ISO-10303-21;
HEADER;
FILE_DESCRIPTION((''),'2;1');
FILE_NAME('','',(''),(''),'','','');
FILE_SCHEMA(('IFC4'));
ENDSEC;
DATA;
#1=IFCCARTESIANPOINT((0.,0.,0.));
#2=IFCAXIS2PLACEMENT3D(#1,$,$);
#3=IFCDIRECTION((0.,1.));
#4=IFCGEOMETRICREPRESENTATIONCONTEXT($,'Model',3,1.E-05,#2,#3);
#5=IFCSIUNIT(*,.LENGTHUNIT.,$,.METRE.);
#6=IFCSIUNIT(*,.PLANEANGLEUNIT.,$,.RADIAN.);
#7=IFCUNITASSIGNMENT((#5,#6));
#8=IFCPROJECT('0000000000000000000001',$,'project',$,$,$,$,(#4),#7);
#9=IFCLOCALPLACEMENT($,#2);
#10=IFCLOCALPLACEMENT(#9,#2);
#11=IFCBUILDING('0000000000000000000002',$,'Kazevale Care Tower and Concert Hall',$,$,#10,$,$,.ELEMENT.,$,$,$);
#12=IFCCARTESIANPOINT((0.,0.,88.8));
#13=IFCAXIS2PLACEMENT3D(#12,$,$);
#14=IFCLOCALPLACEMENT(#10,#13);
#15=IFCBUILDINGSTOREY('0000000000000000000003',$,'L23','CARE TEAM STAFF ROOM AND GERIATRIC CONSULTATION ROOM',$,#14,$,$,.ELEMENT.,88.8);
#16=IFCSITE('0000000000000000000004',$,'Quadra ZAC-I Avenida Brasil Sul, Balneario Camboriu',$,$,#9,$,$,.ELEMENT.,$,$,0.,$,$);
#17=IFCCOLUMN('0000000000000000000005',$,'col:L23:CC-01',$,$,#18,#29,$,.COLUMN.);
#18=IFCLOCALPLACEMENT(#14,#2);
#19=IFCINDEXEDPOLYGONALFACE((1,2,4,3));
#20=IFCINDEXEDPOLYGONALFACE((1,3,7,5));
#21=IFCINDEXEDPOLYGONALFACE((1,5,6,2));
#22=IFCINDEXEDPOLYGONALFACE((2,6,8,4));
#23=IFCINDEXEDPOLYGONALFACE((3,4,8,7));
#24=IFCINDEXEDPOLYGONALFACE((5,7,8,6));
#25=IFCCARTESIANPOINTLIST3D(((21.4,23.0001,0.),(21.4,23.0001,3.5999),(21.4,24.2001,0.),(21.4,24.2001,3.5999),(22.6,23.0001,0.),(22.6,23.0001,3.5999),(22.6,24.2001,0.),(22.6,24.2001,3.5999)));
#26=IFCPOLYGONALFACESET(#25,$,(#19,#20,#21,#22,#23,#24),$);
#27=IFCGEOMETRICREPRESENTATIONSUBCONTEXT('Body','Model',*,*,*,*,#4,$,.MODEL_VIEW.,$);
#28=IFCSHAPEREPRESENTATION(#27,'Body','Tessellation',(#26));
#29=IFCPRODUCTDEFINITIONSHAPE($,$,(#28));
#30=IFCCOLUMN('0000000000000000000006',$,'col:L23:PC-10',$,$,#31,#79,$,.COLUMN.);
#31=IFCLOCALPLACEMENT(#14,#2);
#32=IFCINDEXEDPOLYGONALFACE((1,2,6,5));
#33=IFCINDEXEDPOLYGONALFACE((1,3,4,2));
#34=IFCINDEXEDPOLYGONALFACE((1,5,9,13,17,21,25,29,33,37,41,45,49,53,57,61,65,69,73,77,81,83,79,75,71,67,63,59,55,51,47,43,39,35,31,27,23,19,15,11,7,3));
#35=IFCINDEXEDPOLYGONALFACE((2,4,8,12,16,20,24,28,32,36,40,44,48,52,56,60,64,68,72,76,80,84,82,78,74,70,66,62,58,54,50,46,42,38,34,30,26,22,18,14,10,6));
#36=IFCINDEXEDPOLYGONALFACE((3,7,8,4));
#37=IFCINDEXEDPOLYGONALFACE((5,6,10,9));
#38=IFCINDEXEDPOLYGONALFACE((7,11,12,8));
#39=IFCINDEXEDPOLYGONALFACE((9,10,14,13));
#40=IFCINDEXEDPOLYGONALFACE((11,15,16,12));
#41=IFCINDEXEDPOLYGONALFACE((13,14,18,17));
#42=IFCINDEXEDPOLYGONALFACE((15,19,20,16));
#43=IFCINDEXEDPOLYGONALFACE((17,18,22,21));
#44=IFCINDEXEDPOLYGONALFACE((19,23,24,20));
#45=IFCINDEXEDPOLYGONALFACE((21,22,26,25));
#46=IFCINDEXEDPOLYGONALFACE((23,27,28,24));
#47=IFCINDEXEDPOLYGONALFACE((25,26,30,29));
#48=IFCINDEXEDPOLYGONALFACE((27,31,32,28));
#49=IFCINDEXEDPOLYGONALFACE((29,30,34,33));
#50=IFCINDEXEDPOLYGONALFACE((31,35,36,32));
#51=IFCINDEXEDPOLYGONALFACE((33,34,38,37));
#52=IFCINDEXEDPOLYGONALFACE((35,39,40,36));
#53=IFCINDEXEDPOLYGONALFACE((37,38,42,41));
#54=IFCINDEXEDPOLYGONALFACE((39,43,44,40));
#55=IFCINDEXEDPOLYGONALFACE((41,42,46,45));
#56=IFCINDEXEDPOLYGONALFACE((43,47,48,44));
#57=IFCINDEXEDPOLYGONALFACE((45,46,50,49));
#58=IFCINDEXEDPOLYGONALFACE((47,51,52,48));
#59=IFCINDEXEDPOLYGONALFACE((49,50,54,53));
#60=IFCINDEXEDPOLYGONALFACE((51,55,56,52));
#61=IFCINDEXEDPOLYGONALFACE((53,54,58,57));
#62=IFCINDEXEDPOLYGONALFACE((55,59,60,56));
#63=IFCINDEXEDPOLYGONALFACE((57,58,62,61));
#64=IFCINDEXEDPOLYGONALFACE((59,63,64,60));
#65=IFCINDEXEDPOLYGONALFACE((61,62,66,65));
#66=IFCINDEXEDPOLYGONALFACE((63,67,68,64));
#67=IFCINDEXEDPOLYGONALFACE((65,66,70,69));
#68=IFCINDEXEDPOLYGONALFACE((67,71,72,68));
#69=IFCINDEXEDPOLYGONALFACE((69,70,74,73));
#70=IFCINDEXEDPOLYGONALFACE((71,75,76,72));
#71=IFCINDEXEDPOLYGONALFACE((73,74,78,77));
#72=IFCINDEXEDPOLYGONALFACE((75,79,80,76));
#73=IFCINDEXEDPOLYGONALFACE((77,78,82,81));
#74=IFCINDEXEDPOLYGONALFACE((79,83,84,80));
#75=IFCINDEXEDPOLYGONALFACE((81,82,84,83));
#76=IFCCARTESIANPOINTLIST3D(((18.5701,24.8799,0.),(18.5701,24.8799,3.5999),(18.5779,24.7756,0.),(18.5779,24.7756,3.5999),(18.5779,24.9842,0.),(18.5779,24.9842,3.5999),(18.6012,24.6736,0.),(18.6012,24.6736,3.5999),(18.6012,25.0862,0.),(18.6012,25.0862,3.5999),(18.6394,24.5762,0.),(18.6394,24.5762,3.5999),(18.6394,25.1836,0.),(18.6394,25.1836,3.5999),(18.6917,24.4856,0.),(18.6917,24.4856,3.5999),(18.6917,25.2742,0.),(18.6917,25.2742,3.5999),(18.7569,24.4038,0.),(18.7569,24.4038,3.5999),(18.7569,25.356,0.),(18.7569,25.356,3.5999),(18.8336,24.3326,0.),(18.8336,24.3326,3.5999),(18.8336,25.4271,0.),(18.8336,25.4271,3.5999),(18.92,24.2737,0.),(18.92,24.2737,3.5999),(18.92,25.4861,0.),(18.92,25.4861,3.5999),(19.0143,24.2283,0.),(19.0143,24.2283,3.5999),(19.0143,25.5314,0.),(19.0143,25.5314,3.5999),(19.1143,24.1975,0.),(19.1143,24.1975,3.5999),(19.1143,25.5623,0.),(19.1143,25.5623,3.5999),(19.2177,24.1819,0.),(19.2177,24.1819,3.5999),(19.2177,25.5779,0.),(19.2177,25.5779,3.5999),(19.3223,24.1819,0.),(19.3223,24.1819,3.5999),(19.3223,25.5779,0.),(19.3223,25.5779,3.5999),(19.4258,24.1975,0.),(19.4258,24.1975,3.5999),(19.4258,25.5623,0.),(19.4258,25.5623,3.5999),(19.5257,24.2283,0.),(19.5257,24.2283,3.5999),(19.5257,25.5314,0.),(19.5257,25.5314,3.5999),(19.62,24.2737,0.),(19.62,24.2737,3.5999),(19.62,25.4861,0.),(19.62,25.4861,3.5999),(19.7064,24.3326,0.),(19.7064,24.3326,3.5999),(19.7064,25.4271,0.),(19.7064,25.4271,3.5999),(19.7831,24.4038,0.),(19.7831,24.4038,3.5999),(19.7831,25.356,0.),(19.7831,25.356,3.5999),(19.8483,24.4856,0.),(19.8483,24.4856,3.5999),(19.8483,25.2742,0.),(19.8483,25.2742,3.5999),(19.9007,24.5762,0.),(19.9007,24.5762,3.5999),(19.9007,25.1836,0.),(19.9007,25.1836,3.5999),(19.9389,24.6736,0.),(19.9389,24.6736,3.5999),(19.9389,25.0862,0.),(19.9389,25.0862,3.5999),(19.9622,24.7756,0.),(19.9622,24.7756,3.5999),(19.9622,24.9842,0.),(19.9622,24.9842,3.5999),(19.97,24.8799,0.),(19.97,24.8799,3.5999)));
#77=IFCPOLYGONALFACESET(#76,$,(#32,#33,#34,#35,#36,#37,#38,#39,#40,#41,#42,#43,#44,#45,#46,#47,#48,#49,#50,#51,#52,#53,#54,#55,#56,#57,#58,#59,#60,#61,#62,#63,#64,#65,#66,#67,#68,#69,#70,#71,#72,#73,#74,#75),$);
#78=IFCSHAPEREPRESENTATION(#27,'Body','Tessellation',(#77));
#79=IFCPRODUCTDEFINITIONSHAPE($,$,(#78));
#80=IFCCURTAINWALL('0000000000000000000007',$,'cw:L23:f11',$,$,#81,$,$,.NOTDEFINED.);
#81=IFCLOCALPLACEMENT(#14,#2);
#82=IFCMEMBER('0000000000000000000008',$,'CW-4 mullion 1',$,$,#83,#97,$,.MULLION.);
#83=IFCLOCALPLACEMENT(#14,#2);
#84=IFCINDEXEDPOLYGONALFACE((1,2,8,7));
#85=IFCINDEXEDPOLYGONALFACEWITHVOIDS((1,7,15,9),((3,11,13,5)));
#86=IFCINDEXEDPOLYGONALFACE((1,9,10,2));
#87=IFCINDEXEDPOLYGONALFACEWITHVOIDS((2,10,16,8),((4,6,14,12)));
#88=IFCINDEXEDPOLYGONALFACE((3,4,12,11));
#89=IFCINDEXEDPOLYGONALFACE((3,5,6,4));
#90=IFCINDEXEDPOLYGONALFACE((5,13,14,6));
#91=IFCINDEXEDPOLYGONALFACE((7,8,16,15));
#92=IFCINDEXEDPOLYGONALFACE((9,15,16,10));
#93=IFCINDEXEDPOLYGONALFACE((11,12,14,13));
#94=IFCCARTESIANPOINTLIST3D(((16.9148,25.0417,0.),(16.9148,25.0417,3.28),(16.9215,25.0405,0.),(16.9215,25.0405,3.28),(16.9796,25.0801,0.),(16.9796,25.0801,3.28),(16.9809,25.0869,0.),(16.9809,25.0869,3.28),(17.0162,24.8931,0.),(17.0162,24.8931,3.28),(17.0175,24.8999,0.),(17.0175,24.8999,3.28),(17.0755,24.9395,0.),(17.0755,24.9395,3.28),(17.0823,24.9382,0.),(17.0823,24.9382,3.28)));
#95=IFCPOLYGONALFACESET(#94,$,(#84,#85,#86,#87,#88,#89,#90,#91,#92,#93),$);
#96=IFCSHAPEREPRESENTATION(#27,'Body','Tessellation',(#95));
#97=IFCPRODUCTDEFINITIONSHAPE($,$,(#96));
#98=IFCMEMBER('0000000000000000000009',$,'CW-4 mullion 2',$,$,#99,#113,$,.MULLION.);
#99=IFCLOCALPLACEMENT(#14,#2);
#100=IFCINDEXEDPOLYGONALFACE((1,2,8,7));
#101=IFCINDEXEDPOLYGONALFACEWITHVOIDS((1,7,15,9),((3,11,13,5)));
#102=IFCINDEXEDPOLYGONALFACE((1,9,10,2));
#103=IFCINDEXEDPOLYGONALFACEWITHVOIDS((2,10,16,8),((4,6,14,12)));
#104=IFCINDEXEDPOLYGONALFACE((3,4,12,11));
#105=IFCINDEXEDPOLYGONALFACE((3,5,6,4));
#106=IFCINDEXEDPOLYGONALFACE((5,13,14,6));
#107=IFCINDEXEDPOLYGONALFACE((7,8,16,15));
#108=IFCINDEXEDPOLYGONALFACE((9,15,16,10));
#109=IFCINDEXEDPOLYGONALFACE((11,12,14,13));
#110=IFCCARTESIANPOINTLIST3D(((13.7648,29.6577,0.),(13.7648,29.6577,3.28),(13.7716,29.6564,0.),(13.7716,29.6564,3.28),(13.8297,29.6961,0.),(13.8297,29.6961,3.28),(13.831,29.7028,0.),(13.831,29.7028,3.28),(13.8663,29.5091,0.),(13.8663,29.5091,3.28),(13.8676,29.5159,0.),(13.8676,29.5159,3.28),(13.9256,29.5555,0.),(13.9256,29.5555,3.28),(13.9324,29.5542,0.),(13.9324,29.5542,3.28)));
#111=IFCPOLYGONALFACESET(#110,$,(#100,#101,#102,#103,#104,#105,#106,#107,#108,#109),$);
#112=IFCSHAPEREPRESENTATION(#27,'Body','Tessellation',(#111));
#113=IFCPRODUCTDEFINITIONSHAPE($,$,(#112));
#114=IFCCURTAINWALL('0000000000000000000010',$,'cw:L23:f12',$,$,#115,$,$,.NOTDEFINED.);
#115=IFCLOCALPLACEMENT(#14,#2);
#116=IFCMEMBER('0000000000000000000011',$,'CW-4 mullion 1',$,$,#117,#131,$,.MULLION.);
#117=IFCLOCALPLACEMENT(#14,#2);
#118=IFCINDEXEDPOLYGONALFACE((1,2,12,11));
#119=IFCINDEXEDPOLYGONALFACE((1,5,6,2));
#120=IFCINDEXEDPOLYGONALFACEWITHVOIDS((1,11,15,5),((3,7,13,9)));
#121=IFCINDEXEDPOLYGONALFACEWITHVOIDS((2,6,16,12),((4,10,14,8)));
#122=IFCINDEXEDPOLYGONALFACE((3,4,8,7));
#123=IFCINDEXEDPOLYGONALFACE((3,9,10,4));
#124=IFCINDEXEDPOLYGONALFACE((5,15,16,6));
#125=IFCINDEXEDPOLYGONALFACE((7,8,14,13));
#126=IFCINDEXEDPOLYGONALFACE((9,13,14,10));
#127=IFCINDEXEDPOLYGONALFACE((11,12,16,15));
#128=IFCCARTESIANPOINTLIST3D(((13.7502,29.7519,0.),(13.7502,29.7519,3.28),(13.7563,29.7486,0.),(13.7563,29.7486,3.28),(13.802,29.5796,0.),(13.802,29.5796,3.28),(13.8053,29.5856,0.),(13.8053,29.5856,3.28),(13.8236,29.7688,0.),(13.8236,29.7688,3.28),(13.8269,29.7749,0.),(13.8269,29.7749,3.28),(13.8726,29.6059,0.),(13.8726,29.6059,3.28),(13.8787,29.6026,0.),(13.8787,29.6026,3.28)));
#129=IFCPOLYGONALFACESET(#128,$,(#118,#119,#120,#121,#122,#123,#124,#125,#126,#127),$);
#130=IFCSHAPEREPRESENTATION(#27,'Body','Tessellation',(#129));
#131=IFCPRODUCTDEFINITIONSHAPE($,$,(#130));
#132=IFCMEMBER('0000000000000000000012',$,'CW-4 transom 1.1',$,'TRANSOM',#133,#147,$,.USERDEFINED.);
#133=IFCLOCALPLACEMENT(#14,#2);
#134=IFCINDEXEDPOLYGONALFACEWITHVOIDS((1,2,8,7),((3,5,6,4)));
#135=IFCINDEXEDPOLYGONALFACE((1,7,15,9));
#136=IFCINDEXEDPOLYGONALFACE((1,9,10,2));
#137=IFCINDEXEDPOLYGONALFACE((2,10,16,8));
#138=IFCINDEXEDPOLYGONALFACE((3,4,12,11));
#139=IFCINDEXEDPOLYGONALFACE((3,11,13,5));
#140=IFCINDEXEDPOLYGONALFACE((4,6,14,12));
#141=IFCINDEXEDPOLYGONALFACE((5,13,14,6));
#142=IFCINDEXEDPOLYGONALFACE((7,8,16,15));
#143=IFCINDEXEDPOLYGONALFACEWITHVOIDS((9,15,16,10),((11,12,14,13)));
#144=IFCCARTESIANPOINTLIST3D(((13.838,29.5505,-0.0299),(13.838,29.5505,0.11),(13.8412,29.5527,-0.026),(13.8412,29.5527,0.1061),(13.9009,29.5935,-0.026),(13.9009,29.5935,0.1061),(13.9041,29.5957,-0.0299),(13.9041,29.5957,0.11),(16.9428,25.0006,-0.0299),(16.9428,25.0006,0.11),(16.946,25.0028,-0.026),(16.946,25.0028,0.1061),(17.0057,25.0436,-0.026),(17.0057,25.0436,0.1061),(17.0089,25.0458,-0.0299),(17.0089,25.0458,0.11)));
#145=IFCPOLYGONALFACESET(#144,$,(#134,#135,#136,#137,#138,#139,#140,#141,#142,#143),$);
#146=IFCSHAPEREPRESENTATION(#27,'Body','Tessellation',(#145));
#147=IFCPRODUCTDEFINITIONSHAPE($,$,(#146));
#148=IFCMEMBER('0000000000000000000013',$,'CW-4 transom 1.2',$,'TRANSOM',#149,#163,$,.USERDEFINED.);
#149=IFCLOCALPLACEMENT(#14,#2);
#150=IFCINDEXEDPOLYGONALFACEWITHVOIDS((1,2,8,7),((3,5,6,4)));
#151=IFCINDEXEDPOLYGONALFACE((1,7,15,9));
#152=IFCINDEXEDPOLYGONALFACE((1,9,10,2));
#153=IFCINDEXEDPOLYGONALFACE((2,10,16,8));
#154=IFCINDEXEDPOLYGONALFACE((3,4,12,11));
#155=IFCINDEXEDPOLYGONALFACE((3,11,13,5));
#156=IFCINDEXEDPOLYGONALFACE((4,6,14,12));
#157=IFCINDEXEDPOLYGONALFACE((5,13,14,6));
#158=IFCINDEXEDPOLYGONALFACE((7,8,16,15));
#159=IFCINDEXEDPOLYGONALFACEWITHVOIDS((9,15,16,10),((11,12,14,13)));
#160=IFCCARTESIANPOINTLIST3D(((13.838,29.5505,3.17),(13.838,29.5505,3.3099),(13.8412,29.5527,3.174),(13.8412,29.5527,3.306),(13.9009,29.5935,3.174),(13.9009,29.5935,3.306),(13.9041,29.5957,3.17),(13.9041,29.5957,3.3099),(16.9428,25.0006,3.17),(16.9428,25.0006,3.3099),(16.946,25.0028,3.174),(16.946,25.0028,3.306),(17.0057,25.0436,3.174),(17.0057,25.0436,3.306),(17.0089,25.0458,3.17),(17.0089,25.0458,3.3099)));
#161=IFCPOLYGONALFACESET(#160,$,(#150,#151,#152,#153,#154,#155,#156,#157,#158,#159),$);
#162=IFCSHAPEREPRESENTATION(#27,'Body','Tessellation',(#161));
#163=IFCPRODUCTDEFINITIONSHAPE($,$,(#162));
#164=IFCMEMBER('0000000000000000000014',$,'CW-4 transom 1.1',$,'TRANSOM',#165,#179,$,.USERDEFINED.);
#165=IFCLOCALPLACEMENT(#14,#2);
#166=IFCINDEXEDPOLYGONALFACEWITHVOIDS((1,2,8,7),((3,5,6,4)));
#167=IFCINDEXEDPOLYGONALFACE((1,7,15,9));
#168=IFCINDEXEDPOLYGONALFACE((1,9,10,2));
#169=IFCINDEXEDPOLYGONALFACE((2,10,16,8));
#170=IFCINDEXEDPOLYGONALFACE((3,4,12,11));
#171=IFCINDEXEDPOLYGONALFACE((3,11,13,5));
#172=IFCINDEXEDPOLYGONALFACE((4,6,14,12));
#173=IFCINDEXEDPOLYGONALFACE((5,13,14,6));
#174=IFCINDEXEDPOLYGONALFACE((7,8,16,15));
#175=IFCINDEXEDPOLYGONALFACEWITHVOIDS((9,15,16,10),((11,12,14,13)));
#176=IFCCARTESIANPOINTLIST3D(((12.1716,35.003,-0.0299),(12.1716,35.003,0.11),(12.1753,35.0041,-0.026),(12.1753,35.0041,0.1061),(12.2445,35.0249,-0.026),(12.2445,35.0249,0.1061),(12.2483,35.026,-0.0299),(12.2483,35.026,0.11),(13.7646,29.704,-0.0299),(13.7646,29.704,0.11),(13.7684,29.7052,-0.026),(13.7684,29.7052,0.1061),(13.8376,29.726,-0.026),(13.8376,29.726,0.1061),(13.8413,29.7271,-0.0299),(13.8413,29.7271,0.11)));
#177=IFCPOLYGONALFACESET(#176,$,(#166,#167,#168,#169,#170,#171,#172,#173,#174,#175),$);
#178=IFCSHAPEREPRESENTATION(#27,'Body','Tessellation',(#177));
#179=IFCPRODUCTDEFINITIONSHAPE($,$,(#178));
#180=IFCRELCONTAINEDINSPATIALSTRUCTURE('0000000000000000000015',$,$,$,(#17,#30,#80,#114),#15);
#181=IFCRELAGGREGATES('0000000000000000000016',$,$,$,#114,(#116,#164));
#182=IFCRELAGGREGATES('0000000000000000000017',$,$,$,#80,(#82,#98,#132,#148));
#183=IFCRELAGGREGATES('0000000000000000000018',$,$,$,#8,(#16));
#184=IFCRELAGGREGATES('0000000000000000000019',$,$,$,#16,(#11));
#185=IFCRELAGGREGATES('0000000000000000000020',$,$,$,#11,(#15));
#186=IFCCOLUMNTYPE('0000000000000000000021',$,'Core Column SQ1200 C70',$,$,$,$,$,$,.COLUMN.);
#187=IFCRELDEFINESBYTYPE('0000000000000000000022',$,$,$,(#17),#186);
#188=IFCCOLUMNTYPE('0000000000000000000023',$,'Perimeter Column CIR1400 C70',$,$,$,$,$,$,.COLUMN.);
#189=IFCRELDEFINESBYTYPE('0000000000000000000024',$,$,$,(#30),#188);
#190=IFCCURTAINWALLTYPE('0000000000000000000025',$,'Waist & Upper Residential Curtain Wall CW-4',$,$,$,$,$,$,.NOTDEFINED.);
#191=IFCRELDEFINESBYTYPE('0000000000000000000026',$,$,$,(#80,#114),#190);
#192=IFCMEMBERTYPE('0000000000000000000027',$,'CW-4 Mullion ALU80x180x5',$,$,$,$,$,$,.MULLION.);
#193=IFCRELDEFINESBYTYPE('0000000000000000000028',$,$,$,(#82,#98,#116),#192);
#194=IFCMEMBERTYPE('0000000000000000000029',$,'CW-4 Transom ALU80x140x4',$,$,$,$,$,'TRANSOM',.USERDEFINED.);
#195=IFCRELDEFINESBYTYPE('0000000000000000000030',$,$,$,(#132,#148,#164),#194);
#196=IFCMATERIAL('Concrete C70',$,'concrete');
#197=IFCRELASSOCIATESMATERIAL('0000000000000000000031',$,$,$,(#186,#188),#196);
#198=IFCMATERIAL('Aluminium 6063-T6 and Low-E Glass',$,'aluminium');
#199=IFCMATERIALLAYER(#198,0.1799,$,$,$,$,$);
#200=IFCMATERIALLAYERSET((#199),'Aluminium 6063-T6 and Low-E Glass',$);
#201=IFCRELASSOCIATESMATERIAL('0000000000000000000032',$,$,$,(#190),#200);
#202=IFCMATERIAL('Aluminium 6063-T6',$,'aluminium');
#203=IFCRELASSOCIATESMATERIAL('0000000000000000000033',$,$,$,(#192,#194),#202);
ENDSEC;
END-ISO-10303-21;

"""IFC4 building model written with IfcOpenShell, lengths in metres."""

from ifc_helpers import new_model, si_unit, direction, frame, origin, origin_2d, place, context, subcontext, project, spatial, rectangle, hollow_rectangle, circle, extrude, material, layer, layer_set, material_profile, profile_set, type_object, element, aggregate, save


model = new_model("IFC4")

# Units and contexts
model_context = context("Model", 3, precision=1e-05, world=origin(), true_north=direction((0.0, 1.0)))
body_context = subcontext(model_context, "Body", "Model", "MODEL_VIEW")
ifc_project = project(units=[si_unit("LENGTHUNIT", "METRE"), si_unit("PLANEANGLEUNIT", "RADIAN")], contexts=[model_context])

# Site, building, storey
site_placement = place(None, origin())
site = spatial("IfcSite", under=ifc_project, at=site_placement, Name="Quadra ZAC-I Avenida Brasil Sul, Balneario Camboriu", CompositionType="ELEMENT", RefElevation=0.0)
building_placement = place(site_placement, origin())
building = spatial("IfcBuilding", under=site, at=building_placement, Name="Kazevale Care Tower and Concert Hall", CompositionType="ELEMENT")
storey_placement = place(building_placement, frame((0.0, 0.0, 88.8)))
storey = spatial("IfcBuildingStorey", under=building, at=storey_placement, Name="L23", Description="CARE TEAM STAFF ROOM AND GERIATRIC CONSULTATION ROOM", CompositionType="ELEMENT", Elevation=88.8)

# Columns
ifc_material_1 = material(Name="Concrete C70", Category="concrete")
ifc_material_profile_1 = material_profile(ifc_material_1, rectangle(XDim=1.2, YDim=1.2, at=origin_2d()), Name="RC-SQ1200")
ifc_profile_set_1 = profile_set([ifc_material_profile_1], Name="Concrete C70")
column_type_1 = type_object("IfcColumnType", Name="Core Column SQ1200 C70", PredefinedType="COLUMN", material=ifc_profile_set_1)
column_1_placement = place(storey_placement, frame((22.0, 23.6001, 0.0), z_axis=(0.0, 0.0, 1.0), x_axis=(1.0, 0.0, 0.0)))
element("IfcColumn", 1, at=column_1_placement, inside=storey, type_object=column_type_1, Name="col:L23:CC-01", PredefinedType="COLUMN", context=body_context, shape_type="SweptSolid", body=[
    extrude(rectangle(XDim=1.2, YDim=1.2, at=origin_2d()), origin(), (0.0, 0.0, 1.0), 3.5999),
])
ifc_material_profile_2 = material_profile(ifc_material_1, circle(Radius=0.7, at=origin_2d()), Name="RC-CIR1400")
ifc_profile_set_2 = profile_set([ifc_material_profile_2], Name="Concrete C70")
column_type_2 = type_object("IfcColumnType", Name="Perimeter Column CIR1400 C70", PredefinedType="COLUMN", material=ifc_profile_set_2)
column_2_placement = place(storey_placement, frame((19.27, 24.8799, 0.0), z_axis=(0.0, 0.0, 1.0), x_axis=(1.0, 0.0, 0.0)))
element("IfcColumn", 2, at=column_2_placement, inside=storey, type_object=column_type_2, Name="col:L23:PC-10", PredefinedType="COLUMN", context=body_context, shape_type="SweptSolid", body=[
    extrude(circle(Radius=0.7, at=origin_2d()), origin(), (0.0, 0.0, 1.0), 3.5999),
])

# Curtain wall, members
ifc_material_2 = material(Name="Aluminium 6063-T6 and Low-E Glass", Category="aluminium")
ifc_layer_1 = layer(ifc_material_2, 0.1799)
ifc_layer_set_1 = layer_set([ifc_layer_1], Name="Aluminium 6063-T6 and Low-E Glass")
curtain_wall_type_1 = type_object("IfcCurtainWallType", Name="Waist & Upper Residential Curtain Wall CW-4", PredefinedType="NOTDEFINED", material=ifc_layer_set_1)
curtain_wall_1_placement = place(storey_placement, origin())
curtain_wall_1 = element("IfcCurtainWall", 3, at=curtain_wall_1_placement, inside=storey, type_object=curtain_wall_type_1, Name="cw:L23:f11", PredefinedType="NOTDEFINED")
ifc_material_3 = material(Name="Aluminium 6063-T6", Category="aluminium")
ifc_material_profile_3 = material_profile(ifc_material_3, hollow_rectangle(XDim=0.0801, YDim=0.1799, WallThickness=0.0049, at=origin_2d()), Name="ALU80x180x5")
ifc_profile_set_3 = profile_set([ifc_material_profile_3], Name="Aluminium 6063-T6")
member_type_1 = type_object("IfcMemberType", Name="CW-4 Mullion ALU80x180x5", PredefinedType="MULLION", material=ifc_profile_set_3)
member_1_placement = place(storey_placement, frame((16.9985, 24.99, 0.0), z_axis=(0.0, 0.0, 1.0), x_axis=(-0.826003, -0.563665, 0.0)))
member_1 = element("IfcMember", 4, at=member_1_placement, type_object=member_type_1, Name="CW-4 mullion 1", PredefinedType="MULLION", context=body_context, shape_type="SweptSolid", body=[
    extrude(hollow_rectangle(XDim=0.0801, YDim=0.1799, WallThickness=0.0049, at=origin_2d()), origin(), (0.0, 0.0, 1.0), 3.28),
])
member_2_placement = place(storey_placement, frame((13.8486, 29.606, 0.0), z_axis=(0.0, 0.0, 1.0), x_axis=(-0.826003, -0.563665, 0.0)))
member_2 = element("IfcMember", 5, at=member_2_placement, type_object=member_type_1, Name="CW-4 mullion 2", PredefinedType="MULLION", context=body_context, shape_type="SweptSolid", body=[
    extrude(hollow_rectangle(XDim=0.0801, YDim=0.1799, WallThickness=0.0049, at=origin_2d()), origin(), (0.0, 0.0, 1.0), 3.28),
])

# Curtain wall, member
curtain_wall_2_placement = place(storey_placement, origin())
curtain_wall_2 = element("IfcCurtainWall", 6, at=curtain_wall_2_placement, inside=storey, type_object=curtain_wall_type_1, Name="cw:L23:f12", PredefinedType="NOTDEFINED")
member_3_placement = place(storey_placement, frame((13.8145, 29.6772, 0.0), z_axis=(0.0, 0.0, 1.0), x_axis=(-0.957662, -0.287896, 0.0)))
member_3 = element("IfcMember", 7, at=member_3_placement, type_object=member_type_1, Name="CW-4 mullion 1", PredefinedType="MULLION", context=body_context, shape_type="SweptSolid", body=[
    extrude(hollow_rectangle(XDim=0.0801, YDim=0.1799, WallThickness=0.0049, at=origin_2d()), origin(), (0.0, 0.0, 1.0), 3.28),
])

# Members
ifc_material_profile_4 = material_profile(ifc_material_3, hollow_rectangle(XDim=0.0801, YDim=0.1399, WallThickness=0.0039, at=origin_2d()), Name="ALU80x140x4")
ifc_profile_set_4 = profile_set([ifc_material_profile_4], Name="Aluminium 6063-T6")
member_type_2 = type_object("IfcMemberType", Name="CW-4 Transom ALU80x140x4", ElementType="TRANSOM", PredefinedType="USERDEFINED", material=ifc_profile_set_4)
member_4_placement = place(storey_placement, frame((16.9758, 25.0232, 0.04), z_axis=(-0.563659, 0.826008, 0.0), x_axis=(-0.826008, -0.563659, 0.0)))
member_4 = element("IfcMember", 8, at=member_4_placement, type_object=member_type_2, Name="CW-4 transom 1.1", ObjectType="TRANSOM", PredefinedType="USERDEFINED", context=body_context, shape_type="SweptSolid", body=[
    extrude(hollow_rectangle(XDim=0.0801, YDim=0.1399, WallThickness=0.0039, at=origin_2d()), origin(), (0.0, 0.0, 1.0), 5.5083),
])
member_5_placement = place(storey_placement, frame((16.9758, 25.0232, 3.24), z_axis=(-0.563659, 0.826008, 0.0), x_axis=(-0.826008, -0.563659, 0.0)))
member_5 = element("IfcMember", 9, at=member_5_placement, type_object=member_type_2, Name="CW-4 transom 1.2", ObjectType="TRANSOM", PredefinedType="USERDEFINED", context=body_context, shape_type="SweptSolid", body=[
    extrude(hollow_rectangle(XDim=0.0801, YDim=0.1399, WallThickness=0.0039, at=origin_2d()), origin(), (0.0, 0.0, 1.0), 5.5083),
])
member_6_placement = place(storey_placement, frame((13.803, 29.7156, 0.04), z_axis=(-0.287906, 0.957659, 0.0), x_axis=(-0.957659, -0.287906, 0.0)))
member_6 = element("IfcMember", 10, at=member_6_placement, type_object=member_type_2, Name="CW-4 transom 1.1", ObjectType="TRANSOM", PredefinedType="USERDEFINED", context=body_context, shape_type="SweptSolid", body=[
    extrude(hollow_rectangle(XDim=0.0801, YDim=0.1399, WallThickness=0.0039, at=origin_2d()), origin(), (0.0, 0.0, 1.0), 5.5332),
])
aggregate(curtain_wall_2, [member_3, member_6])

aggregate(curtain_wall_1, [member_1, member_2, member_4, member_5])

save(model, "model.ifc")
